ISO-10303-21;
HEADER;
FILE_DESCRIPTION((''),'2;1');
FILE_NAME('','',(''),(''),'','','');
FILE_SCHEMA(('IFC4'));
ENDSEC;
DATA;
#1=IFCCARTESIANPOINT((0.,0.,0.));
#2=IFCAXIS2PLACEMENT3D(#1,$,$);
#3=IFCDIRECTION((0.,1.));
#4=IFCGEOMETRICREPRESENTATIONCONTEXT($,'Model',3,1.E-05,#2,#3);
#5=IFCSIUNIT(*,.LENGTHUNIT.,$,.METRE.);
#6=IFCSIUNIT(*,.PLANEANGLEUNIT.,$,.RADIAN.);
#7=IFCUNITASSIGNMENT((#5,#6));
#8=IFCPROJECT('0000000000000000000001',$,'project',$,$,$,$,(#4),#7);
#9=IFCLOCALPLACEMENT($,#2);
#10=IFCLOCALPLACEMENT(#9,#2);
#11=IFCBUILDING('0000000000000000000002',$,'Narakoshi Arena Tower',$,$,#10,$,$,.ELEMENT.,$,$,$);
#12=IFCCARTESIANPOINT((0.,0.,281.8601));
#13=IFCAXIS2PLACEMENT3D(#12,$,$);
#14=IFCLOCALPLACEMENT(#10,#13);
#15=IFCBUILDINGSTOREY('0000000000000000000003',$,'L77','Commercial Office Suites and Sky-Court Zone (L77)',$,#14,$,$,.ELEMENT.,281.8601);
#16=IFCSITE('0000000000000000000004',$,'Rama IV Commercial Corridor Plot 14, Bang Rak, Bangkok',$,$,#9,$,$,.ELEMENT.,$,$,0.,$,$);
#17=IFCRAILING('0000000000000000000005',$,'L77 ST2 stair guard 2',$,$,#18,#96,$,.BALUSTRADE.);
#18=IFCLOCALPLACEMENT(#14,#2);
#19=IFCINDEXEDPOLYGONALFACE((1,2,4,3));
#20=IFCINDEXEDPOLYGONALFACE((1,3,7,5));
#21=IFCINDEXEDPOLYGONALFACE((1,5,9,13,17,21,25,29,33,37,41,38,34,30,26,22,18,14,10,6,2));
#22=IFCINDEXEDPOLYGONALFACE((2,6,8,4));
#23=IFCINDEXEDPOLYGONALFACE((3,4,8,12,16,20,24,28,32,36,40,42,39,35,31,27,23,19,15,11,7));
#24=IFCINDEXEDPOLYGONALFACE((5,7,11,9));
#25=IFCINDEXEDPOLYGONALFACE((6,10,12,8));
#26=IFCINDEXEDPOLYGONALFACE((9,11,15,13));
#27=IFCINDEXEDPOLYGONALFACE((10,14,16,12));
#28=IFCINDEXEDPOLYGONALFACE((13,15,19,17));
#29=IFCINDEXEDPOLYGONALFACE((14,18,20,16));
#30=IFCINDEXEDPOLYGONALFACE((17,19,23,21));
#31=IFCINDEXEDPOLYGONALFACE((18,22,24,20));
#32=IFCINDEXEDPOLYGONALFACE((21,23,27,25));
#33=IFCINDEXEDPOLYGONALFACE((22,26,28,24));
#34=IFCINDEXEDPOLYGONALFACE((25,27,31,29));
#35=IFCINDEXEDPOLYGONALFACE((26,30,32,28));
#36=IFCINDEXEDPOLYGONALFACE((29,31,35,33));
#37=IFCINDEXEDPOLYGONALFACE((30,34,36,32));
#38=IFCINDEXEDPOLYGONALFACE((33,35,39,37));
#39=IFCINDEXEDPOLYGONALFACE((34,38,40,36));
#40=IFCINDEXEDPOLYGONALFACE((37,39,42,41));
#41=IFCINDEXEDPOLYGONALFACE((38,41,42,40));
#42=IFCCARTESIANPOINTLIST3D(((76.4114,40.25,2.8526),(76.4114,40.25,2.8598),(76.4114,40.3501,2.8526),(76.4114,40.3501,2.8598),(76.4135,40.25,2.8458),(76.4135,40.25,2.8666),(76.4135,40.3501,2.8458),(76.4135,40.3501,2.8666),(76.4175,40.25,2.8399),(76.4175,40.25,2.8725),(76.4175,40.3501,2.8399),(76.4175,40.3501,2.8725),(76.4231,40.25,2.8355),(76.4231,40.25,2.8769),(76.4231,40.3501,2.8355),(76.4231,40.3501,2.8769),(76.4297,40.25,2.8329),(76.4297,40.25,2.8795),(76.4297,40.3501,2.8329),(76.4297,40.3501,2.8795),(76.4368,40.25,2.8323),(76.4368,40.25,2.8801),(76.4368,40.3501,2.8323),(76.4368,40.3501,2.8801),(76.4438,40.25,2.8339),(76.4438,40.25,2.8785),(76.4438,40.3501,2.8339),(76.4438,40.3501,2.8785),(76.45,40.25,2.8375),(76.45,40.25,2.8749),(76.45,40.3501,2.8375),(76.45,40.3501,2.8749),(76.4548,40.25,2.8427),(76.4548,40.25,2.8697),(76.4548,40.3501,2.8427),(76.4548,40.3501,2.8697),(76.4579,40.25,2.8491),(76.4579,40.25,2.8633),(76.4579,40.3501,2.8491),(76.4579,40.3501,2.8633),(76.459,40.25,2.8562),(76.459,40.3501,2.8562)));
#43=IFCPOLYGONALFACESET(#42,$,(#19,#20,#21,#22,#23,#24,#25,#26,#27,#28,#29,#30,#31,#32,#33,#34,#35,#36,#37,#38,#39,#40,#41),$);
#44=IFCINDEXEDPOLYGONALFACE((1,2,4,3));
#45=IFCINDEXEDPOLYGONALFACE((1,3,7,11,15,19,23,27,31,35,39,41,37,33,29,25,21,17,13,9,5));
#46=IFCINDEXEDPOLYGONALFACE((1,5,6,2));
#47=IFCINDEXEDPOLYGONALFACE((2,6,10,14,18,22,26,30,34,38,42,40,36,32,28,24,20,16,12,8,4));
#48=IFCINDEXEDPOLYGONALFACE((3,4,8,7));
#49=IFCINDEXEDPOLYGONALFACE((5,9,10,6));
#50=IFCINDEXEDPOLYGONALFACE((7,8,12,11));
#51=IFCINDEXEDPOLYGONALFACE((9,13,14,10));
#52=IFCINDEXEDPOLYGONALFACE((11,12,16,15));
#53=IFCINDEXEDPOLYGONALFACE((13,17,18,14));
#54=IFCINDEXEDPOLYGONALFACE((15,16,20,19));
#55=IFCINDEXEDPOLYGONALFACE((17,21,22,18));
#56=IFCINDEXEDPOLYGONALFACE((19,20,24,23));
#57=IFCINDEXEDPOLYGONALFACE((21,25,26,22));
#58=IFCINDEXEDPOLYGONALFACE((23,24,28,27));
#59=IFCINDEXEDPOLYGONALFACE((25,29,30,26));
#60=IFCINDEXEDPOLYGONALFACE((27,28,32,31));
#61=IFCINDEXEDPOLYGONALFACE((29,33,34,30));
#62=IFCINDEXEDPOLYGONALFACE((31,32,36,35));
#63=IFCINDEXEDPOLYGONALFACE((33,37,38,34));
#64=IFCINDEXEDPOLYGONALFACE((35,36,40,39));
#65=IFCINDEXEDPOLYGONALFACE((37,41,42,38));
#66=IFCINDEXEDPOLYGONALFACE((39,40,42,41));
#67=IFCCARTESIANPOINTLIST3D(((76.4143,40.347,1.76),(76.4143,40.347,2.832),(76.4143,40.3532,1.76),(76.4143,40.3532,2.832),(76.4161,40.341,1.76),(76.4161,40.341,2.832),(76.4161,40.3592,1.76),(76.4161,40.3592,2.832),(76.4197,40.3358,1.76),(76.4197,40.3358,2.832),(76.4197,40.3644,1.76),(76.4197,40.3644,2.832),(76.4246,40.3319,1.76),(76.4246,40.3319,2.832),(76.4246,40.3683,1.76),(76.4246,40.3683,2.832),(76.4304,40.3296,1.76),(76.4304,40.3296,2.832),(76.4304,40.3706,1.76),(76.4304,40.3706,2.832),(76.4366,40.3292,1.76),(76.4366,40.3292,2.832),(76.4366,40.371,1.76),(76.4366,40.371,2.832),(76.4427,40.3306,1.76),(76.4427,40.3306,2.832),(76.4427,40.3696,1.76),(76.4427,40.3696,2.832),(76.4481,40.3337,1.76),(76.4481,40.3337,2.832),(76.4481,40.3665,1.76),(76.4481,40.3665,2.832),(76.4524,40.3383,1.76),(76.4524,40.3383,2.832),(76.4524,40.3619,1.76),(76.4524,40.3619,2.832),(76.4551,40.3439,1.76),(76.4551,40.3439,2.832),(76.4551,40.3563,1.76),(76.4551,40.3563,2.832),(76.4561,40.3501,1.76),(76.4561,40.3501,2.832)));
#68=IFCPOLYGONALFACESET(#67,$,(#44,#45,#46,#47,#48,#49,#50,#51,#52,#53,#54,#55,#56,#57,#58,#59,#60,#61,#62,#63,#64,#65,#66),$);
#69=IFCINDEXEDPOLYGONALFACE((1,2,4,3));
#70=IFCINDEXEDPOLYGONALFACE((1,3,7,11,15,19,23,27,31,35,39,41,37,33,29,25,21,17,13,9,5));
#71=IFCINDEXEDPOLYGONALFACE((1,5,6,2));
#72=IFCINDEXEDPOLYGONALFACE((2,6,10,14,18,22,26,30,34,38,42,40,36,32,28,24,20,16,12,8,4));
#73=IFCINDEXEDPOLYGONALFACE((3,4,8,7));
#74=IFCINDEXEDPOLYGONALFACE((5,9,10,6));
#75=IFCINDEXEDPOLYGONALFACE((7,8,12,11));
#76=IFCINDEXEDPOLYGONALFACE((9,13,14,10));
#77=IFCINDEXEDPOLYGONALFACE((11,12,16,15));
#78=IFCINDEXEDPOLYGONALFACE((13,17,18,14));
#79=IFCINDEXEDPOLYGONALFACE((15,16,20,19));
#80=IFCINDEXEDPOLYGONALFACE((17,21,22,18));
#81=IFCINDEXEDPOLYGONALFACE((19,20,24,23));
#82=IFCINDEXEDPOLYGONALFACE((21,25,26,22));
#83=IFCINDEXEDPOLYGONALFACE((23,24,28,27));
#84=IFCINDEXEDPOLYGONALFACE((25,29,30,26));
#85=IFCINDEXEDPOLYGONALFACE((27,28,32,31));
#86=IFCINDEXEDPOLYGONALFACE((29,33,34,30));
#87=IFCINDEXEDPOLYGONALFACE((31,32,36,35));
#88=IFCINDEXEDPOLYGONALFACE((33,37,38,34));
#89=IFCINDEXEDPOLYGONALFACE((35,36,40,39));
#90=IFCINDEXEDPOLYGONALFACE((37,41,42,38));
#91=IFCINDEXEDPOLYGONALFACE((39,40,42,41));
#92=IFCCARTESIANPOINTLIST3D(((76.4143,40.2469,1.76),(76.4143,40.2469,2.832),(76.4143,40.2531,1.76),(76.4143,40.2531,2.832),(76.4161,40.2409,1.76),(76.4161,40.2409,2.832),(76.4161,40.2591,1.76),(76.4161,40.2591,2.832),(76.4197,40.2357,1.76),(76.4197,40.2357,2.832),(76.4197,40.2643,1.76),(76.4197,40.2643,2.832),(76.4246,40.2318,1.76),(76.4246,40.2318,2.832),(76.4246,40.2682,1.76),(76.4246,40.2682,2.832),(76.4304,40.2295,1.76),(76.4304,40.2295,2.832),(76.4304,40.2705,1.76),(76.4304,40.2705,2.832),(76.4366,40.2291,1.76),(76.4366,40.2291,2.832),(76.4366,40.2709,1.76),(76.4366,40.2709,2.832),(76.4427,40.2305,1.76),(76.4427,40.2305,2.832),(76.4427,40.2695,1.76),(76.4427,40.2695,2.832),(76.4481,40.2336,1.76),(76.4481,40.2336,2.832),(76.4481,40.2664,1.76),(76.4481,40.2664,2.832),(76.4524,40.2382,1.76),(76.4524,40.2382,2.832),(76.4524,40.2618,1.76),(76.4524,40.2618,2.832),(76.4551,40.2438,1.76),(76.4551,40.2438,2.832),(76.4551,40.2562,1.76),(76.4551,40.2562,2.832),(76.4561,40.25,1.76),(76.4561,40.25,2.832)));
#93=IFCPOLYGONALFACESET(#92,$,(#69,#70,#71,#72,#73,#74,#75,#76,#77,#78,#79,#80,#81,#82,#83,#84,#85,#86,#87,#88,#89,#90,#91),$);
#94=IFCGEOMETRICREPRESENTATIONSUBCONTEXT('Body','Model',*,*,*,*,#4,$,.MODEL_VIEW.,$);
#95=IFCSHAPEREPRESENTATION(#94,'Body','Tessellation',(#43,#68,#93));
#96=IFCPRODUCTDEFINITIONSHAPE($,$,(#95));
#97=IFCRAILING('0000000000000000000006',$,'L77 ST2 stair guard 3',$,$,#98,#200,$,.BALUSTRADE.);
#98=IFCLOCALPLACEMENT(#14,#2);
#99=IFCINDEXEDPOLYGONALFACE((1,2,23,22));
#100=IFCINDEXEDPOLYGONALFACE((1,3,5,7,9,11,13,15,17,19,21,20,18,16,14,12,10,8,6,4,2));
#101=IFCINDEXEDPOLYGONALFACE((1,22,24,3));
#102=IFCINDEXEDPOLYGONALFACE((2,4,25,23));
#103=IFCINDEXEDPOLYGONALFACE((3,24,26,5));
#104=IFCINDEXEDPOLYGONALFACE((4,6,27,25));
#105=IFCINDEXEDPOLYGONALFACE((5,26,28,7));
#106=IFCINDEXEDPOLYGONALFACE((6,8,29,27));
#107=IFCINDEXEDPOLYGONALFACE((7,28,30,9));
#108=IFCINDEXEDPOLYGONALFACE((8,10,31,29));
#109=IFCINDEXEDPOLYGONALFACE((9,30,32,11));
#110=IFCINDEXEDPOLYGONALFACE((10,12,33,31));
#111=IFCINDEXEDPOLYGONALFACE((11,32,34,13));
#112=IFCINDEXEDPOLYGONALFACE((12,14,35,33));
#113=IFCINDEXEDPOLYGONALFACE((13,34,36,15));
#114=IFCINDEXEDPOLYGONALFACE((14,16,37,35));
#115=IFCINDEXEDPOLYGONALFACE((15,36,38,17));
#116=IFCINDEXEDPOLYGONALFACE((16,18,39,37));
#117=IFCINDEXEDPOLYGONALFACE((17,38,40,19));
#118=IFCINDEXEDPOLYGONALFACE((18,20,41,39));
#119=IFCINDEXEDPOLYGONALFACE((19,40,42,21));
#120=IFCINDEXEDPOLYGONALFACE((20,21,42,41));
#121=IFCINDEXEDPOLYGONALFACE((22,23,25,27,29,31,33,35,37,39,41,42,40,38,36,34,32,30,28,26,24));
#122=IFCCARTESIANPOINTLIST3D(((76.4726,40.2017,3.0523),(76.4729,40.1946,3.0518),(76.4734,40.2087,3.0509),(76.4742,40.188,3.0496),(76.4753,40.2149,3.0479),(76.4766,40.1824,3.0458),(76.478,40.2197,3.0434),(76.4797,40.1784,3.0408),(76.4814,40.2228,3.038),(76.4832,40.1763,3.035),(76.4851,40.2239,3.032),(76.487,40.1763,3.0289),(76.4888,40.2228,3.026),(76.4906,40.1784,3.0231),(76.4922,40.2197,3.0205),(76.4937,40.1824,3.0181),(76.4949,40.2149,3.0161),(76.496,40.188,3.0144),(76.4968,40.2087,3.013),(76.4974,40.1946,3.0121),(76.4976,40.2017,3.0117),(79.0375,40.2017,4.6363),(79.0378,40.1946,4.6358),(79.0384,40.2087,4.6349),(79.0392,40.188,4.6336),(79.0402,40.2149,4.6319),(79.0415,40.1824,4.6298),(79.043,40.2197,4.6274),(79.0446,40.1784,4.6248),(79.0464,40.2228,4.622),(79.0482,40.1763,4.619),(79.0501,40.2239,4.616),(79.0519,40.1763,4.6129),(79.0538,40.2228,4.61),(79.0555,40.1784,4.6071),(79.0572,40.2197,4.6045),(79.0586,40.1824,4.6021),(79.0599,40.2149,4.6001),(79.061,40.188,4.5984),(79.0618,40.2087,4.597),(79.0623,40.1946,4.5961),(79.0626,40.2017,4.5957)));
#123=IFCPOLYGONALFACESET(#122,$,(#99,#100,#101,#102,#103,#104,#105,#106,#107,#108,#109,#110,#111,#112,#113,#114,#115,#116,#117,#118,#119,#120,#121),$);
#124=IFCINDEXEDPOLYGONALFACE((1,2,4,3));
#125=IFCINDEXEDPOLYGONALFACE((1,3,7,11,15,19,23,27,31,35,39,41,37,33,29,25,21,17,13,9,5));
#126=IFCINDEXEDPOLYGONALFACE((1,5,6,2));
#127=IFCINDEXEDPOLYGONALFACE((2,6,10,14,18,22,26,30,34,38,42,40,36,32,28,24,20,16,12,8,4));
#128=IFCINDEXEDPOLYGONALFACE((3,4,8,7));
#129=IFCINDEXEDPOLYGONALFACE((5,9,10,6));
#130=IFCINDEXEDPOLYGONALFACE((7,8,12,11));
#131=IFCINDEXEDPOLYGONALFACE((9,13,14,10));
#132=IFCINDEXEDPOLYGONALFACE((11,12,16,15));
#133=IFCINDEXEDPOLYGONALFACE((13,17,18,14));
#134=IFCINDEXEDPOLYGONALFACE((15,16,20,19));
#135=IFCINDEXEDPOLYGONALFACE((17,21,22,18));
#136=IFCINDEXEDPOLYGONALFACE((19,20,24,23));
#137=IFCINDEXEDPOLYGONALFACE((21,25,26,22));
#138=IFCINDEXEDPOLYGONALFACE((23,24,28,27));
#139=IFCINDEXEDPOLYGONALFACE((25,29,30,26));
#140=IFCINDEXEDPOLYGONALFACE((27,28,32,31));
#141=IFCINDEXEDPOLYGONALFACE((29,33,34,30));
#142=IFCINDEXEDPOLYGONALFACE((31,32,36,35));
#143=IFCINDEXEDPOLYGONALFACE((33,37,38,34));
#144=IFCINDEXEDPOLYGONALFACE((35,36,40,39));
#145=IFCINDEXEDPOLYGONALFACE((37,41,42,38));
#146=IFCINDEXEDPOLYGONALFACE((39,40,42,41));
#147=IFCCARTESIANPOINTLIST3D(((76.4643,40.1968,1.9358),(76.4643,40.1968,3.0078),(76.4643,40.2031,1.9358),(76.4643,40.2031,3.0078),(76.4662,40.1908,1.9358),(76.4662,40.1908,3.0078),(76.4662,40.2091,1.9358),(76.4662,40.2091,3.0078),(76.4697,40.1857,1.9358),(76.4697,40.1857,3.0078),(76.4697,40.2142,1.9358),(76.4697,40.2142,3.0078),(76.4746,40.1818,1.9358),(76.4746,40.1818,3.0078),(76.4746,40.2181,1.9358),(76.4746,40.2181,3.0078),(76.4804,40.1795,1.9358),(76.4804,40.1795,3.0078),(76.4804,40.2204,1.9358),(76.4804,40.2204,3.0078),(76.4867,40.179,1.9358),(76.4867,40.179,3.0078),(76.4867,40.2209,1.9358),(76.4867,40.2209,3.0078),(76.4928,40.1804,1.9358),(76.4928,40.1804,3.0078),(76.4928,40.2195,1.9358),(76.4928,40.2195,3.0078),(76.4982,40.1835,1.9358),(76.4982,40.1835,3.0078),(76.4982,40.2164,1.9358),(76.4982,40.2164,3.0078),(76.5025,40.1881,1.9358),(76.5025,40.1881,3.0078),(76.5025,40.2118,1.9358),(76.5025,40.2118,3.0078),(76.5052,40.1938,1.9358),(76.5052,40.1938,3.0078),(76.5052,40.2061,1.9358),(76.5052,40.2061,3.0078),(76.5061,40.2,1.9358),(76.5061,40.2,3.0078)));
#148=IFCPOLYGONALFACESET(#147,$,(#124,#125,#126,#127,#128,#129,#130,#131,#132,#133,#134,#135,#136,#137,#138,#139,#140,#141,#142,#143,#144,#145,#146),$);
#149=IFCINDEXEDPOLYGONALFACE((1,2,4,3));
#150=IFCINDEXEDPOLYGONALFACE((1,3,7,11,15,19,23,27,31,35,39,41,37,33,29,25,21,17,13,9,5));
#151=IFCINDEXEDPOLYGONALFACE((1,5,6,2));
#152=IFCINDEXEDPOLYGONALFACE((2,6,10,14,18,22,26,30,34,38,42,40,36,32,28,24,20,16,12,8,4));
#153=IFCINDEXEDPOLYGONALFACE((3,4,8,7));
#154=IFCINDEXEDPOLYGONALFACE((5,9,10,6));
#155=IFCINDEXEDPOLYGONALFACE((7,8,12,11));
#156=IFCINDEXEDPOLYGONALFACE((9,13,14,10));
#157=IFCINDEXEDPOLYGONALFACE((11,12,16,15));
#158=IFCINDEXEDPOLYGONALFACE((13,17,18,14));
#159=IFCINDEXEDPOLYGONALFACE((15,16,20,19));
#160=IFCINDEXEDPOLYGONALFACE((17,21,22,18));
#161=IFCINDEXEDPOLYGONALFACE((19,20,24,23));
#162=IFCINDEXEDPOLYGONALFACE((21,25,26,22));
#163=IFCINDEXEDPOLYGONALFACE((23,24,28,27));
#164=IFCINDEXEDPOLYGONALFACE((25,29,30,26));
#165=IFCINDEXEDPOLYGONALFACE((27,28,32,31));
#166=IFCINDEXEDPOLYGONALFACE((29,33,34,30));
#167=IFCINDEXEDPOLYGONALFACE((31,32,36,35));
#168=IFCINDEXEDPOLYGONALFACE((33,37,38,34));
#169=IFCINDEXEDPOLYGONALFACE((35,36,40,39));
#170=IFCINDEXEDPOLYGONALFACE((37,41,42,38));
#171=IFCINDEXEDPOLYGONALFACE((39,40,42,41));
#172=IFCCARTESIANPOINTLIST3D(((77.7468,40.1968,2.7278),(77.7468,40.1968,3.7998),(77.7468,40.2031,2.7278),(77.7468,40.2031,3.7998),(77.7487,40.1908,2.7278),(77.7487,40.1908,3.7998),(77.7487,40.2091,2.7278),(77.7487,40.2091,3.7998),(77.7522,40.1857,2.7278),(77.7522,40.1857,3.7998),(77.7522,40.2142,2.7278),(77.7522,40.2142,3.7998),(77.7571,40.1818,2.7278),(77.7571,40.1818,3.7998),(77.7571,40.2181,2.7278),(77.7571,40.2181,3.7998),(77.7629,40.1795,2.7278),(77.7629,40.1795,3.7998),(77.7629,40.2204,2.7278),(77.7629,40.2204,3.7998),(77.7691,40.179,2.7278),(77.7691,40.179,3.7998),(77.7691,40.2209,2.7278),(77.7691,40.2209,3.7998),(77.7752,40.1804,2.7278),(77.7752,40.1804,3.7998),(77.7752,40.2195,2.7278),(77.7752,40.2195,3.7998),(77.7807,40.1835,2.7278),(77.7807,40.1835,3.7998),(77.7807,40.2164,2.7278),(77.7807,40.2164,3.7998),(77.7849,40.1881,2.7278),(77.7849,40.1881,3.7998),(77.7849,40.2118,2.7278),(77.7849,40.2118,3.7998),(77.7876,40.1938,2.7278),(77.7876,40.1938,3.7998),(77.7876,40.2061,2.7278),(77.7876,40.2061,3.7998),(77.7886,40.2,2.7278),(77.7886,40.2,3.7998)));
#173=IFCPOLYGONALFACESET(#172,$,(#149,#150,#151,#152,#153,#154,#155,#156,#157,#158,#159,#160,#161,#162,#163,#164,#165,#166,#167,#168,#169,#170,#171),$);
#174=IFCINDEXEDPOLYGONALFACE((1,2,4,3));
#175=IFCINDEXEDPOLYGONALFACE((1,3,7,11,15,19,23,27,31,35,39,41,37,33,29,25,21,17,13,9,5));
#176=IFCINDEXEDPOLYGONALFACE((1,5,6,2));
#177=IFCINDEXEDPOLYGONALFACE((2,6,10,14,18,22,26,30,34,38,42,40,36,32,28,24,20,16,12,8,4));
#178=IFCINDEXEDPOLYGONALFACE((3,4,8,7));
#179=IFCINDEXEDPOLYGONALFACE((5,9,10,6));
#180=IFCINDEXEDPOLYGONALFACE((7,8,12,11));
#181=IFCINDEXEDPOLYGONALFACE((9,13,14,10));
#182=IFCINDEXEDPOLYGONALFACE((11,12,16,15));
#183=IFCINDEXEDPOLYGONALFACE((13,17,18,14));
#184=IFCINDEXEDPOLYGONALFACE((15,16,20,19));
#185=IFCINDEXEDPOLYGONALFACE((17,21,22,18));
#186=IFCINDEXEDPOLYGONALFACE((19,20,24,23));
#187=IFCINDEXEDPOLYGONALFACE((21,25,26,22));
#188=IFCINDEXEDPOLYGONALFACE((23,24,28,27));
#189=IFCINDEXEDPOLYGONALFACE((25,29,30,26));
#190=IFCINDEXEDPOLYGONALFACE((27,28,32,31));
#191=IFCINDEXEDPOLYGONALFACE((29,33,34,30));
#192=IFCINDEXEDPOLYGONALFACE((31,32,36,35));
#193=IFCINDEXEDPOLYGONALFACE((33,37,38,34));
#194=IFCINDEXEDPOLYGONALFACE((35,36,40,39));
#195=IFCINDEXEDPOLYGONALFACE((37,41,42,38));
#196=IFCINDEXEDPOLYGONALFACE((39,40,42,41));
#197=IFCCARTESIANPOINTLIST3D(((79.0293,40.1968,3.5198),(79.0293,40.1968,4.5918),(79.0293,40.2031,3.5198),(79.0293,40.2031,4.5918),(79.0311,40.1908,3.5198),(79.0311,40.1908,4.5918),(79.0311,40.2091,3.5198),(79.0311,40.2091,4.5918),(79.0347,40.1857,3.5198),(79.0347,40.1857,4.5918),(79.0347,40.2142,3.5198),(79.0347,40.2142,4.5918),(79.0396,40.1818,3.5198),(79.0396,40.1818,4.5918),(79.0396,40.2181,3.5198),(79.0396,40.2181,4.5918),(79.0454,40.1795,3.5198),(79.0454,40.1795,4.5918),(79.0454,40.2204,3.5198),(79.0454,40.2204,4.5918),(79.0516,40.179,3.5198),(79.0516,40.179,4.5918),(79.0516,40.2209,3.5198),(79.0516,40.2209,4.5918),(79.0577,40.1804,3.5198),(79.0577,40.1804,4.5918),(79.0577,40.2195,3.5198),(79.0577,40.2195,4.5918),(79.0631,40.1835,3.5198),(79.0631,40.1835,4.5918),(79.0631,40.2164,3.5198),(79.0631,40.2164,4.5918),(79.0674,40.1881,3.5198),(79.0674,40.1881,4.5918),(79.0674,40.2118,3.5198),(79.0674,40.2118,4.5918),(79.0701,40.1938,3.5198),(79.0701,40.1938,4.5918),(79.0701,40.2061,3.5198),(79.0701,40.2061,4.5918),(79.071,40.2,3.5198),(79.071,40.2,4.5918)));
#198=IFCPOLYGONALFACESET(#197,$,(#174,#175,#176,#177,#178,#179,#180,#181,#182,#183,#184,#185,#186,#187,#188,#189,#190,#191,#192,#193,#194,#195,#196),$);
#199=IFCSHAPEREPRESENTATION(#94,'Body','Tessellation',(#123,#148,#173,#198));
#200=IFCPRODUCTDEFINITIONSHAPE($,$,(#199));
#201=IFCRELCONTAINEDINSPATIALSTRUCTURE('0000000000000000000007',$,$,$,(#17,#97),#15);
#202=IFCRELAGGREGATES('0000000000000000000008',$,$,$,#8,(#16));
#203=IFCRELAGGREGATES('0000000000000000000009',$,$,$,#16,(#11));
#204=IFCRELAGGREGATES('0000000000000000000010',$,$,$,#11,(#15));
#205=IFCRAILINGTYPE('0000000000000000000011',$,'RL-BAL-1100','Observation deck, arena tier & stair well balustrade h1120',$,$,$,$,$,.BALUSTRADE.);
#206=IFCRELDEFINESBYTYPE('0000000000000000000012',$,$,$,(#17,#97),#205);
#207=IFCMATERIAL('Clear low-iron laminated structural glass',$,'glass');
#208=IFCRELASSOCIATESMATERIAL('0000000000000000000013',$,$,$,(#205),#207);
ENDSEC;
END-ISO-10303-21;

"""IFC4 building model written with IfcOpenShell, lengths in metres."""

from ifc_helpers import new_model, si_unit, direction, frame, origin, origin_2d, place, context, subcontext, project, spatial, circle, extrude, material, type_object, element, save


model = new_model("IFC4")

# Units and contexts
model_context = context("Model", 3, precision=1e-05, world=origin(), true_north=direction((0.0, 1.0)))
body_context = subcontext(model_context, "Body", "Model", "MODEL_VIEW")
ifc_project = project(units=[si_unit("LENGTHUNIT", "METRE"), si_unit("PLANEANGLEUNIT", "RADIAN")], contexts=[model_context])

# Site, building, storey
site_placement = place(None, origin())
site = spatial("IfcSite", under=ifc_project, at=site_placement, Name="Rama IV Commercial Corridor Plot 14, Bang Rak, Bangkok", CompositionType="ELEMENT", RefElevation=0.0)
building_placement = place(site_placement, origin())
building = spatial("IfcBuilding", under=site, at=building_placement, Name="Narakoshi Arena Tower", CompositionType="ELEMENT")
storey_placement = place(building_placement, frame((0.0, 0.0, 281.8601)))
storey = spatial("IfcBuildingStorey", under=building, at=storey_placement, Name="L77", Description="Commercial Office Suites and Sky-Court Zone (L77)", CompositionType="ELEMENT", Elevation=281.8601)

# Railings
ifc_material_1 = material(Name="Clear low-iron laminated structural glass", Category="glass")
railing_type_1 = type_object("IfcRailingType", Name="RL-BAL-1100", Description="Observation deck, arena tier & stair well balustrade h1120", PredefinedType="BALUSTRADE", material=ifc_material_1)
railing_1_placement = place(storey_placement, frame((76.4351, 40.3501, 1.76)))
element("IfcRailing", 1, at=railing_1_placement, inside=storey, type_object=railing_type_1, Name="L77 ST2 stair guard 2", PredefinedType="BALUSTRADE", context=body_context, shape_type="SweptSolid", body=[
    extrude(circle(Radius=0.0239, at=origin_2d()), frame((0.0, 0.0, 1.0962), z_axis=(0.0, -1.0, 0.0), x_axis=(1.0, 0.0, 0.0)), (0.0, 0.0, 1.0), 0.1001),
    extrude(circle(Radius=0.021, at=origin_2d()), origin(), (0.0, 0.0, 1.0), 1.072),
    extrude(circle(Radius=0.021, at=origin_2d()), frame((0.0, -0.1001, 0.0)), (0.0, 0.0, 1.0), 1.072),
])
railing_2_placement = place(storey_placement, frame((76.4851, 40.2, 1.9358)))
element("IfcRailing", 2, at=railing_2_placement, inside=storey, type_object=railing_type_1, Name="L77 ST2 stair guard 3", PredefinedType="BALUSTRADE", context=body_context, shape_type="SweptSolid", body=[
    extrude(circle(Radius=0.0239, at=origin_2d()), frame((0.0, 0.0, 1.0962), z_axis=(0.850834, 0.0, 0.525434), x_axis=(0.0, 1.0, 0.0)), (0.0, 0.0, 1.0), 3.0146),
    extrude(circle(Radius=0.021, at=origin_2d()), origin(), (0.0, 0.0, 1.0), 1.072),
    extrude(circle(Radius=0.021, at=origin_2d()), frame((1.2825, 0.0, 0.792)), (0.0, 0.0, 1.0), 1.072),
    extrude(circle(Radius=0.021, at=origin_2d()), frame((2.5649, 0.0, 1.584)), (0.0, 0.0, 1.0), 1.072),
])

save(model, "model.ifc")
